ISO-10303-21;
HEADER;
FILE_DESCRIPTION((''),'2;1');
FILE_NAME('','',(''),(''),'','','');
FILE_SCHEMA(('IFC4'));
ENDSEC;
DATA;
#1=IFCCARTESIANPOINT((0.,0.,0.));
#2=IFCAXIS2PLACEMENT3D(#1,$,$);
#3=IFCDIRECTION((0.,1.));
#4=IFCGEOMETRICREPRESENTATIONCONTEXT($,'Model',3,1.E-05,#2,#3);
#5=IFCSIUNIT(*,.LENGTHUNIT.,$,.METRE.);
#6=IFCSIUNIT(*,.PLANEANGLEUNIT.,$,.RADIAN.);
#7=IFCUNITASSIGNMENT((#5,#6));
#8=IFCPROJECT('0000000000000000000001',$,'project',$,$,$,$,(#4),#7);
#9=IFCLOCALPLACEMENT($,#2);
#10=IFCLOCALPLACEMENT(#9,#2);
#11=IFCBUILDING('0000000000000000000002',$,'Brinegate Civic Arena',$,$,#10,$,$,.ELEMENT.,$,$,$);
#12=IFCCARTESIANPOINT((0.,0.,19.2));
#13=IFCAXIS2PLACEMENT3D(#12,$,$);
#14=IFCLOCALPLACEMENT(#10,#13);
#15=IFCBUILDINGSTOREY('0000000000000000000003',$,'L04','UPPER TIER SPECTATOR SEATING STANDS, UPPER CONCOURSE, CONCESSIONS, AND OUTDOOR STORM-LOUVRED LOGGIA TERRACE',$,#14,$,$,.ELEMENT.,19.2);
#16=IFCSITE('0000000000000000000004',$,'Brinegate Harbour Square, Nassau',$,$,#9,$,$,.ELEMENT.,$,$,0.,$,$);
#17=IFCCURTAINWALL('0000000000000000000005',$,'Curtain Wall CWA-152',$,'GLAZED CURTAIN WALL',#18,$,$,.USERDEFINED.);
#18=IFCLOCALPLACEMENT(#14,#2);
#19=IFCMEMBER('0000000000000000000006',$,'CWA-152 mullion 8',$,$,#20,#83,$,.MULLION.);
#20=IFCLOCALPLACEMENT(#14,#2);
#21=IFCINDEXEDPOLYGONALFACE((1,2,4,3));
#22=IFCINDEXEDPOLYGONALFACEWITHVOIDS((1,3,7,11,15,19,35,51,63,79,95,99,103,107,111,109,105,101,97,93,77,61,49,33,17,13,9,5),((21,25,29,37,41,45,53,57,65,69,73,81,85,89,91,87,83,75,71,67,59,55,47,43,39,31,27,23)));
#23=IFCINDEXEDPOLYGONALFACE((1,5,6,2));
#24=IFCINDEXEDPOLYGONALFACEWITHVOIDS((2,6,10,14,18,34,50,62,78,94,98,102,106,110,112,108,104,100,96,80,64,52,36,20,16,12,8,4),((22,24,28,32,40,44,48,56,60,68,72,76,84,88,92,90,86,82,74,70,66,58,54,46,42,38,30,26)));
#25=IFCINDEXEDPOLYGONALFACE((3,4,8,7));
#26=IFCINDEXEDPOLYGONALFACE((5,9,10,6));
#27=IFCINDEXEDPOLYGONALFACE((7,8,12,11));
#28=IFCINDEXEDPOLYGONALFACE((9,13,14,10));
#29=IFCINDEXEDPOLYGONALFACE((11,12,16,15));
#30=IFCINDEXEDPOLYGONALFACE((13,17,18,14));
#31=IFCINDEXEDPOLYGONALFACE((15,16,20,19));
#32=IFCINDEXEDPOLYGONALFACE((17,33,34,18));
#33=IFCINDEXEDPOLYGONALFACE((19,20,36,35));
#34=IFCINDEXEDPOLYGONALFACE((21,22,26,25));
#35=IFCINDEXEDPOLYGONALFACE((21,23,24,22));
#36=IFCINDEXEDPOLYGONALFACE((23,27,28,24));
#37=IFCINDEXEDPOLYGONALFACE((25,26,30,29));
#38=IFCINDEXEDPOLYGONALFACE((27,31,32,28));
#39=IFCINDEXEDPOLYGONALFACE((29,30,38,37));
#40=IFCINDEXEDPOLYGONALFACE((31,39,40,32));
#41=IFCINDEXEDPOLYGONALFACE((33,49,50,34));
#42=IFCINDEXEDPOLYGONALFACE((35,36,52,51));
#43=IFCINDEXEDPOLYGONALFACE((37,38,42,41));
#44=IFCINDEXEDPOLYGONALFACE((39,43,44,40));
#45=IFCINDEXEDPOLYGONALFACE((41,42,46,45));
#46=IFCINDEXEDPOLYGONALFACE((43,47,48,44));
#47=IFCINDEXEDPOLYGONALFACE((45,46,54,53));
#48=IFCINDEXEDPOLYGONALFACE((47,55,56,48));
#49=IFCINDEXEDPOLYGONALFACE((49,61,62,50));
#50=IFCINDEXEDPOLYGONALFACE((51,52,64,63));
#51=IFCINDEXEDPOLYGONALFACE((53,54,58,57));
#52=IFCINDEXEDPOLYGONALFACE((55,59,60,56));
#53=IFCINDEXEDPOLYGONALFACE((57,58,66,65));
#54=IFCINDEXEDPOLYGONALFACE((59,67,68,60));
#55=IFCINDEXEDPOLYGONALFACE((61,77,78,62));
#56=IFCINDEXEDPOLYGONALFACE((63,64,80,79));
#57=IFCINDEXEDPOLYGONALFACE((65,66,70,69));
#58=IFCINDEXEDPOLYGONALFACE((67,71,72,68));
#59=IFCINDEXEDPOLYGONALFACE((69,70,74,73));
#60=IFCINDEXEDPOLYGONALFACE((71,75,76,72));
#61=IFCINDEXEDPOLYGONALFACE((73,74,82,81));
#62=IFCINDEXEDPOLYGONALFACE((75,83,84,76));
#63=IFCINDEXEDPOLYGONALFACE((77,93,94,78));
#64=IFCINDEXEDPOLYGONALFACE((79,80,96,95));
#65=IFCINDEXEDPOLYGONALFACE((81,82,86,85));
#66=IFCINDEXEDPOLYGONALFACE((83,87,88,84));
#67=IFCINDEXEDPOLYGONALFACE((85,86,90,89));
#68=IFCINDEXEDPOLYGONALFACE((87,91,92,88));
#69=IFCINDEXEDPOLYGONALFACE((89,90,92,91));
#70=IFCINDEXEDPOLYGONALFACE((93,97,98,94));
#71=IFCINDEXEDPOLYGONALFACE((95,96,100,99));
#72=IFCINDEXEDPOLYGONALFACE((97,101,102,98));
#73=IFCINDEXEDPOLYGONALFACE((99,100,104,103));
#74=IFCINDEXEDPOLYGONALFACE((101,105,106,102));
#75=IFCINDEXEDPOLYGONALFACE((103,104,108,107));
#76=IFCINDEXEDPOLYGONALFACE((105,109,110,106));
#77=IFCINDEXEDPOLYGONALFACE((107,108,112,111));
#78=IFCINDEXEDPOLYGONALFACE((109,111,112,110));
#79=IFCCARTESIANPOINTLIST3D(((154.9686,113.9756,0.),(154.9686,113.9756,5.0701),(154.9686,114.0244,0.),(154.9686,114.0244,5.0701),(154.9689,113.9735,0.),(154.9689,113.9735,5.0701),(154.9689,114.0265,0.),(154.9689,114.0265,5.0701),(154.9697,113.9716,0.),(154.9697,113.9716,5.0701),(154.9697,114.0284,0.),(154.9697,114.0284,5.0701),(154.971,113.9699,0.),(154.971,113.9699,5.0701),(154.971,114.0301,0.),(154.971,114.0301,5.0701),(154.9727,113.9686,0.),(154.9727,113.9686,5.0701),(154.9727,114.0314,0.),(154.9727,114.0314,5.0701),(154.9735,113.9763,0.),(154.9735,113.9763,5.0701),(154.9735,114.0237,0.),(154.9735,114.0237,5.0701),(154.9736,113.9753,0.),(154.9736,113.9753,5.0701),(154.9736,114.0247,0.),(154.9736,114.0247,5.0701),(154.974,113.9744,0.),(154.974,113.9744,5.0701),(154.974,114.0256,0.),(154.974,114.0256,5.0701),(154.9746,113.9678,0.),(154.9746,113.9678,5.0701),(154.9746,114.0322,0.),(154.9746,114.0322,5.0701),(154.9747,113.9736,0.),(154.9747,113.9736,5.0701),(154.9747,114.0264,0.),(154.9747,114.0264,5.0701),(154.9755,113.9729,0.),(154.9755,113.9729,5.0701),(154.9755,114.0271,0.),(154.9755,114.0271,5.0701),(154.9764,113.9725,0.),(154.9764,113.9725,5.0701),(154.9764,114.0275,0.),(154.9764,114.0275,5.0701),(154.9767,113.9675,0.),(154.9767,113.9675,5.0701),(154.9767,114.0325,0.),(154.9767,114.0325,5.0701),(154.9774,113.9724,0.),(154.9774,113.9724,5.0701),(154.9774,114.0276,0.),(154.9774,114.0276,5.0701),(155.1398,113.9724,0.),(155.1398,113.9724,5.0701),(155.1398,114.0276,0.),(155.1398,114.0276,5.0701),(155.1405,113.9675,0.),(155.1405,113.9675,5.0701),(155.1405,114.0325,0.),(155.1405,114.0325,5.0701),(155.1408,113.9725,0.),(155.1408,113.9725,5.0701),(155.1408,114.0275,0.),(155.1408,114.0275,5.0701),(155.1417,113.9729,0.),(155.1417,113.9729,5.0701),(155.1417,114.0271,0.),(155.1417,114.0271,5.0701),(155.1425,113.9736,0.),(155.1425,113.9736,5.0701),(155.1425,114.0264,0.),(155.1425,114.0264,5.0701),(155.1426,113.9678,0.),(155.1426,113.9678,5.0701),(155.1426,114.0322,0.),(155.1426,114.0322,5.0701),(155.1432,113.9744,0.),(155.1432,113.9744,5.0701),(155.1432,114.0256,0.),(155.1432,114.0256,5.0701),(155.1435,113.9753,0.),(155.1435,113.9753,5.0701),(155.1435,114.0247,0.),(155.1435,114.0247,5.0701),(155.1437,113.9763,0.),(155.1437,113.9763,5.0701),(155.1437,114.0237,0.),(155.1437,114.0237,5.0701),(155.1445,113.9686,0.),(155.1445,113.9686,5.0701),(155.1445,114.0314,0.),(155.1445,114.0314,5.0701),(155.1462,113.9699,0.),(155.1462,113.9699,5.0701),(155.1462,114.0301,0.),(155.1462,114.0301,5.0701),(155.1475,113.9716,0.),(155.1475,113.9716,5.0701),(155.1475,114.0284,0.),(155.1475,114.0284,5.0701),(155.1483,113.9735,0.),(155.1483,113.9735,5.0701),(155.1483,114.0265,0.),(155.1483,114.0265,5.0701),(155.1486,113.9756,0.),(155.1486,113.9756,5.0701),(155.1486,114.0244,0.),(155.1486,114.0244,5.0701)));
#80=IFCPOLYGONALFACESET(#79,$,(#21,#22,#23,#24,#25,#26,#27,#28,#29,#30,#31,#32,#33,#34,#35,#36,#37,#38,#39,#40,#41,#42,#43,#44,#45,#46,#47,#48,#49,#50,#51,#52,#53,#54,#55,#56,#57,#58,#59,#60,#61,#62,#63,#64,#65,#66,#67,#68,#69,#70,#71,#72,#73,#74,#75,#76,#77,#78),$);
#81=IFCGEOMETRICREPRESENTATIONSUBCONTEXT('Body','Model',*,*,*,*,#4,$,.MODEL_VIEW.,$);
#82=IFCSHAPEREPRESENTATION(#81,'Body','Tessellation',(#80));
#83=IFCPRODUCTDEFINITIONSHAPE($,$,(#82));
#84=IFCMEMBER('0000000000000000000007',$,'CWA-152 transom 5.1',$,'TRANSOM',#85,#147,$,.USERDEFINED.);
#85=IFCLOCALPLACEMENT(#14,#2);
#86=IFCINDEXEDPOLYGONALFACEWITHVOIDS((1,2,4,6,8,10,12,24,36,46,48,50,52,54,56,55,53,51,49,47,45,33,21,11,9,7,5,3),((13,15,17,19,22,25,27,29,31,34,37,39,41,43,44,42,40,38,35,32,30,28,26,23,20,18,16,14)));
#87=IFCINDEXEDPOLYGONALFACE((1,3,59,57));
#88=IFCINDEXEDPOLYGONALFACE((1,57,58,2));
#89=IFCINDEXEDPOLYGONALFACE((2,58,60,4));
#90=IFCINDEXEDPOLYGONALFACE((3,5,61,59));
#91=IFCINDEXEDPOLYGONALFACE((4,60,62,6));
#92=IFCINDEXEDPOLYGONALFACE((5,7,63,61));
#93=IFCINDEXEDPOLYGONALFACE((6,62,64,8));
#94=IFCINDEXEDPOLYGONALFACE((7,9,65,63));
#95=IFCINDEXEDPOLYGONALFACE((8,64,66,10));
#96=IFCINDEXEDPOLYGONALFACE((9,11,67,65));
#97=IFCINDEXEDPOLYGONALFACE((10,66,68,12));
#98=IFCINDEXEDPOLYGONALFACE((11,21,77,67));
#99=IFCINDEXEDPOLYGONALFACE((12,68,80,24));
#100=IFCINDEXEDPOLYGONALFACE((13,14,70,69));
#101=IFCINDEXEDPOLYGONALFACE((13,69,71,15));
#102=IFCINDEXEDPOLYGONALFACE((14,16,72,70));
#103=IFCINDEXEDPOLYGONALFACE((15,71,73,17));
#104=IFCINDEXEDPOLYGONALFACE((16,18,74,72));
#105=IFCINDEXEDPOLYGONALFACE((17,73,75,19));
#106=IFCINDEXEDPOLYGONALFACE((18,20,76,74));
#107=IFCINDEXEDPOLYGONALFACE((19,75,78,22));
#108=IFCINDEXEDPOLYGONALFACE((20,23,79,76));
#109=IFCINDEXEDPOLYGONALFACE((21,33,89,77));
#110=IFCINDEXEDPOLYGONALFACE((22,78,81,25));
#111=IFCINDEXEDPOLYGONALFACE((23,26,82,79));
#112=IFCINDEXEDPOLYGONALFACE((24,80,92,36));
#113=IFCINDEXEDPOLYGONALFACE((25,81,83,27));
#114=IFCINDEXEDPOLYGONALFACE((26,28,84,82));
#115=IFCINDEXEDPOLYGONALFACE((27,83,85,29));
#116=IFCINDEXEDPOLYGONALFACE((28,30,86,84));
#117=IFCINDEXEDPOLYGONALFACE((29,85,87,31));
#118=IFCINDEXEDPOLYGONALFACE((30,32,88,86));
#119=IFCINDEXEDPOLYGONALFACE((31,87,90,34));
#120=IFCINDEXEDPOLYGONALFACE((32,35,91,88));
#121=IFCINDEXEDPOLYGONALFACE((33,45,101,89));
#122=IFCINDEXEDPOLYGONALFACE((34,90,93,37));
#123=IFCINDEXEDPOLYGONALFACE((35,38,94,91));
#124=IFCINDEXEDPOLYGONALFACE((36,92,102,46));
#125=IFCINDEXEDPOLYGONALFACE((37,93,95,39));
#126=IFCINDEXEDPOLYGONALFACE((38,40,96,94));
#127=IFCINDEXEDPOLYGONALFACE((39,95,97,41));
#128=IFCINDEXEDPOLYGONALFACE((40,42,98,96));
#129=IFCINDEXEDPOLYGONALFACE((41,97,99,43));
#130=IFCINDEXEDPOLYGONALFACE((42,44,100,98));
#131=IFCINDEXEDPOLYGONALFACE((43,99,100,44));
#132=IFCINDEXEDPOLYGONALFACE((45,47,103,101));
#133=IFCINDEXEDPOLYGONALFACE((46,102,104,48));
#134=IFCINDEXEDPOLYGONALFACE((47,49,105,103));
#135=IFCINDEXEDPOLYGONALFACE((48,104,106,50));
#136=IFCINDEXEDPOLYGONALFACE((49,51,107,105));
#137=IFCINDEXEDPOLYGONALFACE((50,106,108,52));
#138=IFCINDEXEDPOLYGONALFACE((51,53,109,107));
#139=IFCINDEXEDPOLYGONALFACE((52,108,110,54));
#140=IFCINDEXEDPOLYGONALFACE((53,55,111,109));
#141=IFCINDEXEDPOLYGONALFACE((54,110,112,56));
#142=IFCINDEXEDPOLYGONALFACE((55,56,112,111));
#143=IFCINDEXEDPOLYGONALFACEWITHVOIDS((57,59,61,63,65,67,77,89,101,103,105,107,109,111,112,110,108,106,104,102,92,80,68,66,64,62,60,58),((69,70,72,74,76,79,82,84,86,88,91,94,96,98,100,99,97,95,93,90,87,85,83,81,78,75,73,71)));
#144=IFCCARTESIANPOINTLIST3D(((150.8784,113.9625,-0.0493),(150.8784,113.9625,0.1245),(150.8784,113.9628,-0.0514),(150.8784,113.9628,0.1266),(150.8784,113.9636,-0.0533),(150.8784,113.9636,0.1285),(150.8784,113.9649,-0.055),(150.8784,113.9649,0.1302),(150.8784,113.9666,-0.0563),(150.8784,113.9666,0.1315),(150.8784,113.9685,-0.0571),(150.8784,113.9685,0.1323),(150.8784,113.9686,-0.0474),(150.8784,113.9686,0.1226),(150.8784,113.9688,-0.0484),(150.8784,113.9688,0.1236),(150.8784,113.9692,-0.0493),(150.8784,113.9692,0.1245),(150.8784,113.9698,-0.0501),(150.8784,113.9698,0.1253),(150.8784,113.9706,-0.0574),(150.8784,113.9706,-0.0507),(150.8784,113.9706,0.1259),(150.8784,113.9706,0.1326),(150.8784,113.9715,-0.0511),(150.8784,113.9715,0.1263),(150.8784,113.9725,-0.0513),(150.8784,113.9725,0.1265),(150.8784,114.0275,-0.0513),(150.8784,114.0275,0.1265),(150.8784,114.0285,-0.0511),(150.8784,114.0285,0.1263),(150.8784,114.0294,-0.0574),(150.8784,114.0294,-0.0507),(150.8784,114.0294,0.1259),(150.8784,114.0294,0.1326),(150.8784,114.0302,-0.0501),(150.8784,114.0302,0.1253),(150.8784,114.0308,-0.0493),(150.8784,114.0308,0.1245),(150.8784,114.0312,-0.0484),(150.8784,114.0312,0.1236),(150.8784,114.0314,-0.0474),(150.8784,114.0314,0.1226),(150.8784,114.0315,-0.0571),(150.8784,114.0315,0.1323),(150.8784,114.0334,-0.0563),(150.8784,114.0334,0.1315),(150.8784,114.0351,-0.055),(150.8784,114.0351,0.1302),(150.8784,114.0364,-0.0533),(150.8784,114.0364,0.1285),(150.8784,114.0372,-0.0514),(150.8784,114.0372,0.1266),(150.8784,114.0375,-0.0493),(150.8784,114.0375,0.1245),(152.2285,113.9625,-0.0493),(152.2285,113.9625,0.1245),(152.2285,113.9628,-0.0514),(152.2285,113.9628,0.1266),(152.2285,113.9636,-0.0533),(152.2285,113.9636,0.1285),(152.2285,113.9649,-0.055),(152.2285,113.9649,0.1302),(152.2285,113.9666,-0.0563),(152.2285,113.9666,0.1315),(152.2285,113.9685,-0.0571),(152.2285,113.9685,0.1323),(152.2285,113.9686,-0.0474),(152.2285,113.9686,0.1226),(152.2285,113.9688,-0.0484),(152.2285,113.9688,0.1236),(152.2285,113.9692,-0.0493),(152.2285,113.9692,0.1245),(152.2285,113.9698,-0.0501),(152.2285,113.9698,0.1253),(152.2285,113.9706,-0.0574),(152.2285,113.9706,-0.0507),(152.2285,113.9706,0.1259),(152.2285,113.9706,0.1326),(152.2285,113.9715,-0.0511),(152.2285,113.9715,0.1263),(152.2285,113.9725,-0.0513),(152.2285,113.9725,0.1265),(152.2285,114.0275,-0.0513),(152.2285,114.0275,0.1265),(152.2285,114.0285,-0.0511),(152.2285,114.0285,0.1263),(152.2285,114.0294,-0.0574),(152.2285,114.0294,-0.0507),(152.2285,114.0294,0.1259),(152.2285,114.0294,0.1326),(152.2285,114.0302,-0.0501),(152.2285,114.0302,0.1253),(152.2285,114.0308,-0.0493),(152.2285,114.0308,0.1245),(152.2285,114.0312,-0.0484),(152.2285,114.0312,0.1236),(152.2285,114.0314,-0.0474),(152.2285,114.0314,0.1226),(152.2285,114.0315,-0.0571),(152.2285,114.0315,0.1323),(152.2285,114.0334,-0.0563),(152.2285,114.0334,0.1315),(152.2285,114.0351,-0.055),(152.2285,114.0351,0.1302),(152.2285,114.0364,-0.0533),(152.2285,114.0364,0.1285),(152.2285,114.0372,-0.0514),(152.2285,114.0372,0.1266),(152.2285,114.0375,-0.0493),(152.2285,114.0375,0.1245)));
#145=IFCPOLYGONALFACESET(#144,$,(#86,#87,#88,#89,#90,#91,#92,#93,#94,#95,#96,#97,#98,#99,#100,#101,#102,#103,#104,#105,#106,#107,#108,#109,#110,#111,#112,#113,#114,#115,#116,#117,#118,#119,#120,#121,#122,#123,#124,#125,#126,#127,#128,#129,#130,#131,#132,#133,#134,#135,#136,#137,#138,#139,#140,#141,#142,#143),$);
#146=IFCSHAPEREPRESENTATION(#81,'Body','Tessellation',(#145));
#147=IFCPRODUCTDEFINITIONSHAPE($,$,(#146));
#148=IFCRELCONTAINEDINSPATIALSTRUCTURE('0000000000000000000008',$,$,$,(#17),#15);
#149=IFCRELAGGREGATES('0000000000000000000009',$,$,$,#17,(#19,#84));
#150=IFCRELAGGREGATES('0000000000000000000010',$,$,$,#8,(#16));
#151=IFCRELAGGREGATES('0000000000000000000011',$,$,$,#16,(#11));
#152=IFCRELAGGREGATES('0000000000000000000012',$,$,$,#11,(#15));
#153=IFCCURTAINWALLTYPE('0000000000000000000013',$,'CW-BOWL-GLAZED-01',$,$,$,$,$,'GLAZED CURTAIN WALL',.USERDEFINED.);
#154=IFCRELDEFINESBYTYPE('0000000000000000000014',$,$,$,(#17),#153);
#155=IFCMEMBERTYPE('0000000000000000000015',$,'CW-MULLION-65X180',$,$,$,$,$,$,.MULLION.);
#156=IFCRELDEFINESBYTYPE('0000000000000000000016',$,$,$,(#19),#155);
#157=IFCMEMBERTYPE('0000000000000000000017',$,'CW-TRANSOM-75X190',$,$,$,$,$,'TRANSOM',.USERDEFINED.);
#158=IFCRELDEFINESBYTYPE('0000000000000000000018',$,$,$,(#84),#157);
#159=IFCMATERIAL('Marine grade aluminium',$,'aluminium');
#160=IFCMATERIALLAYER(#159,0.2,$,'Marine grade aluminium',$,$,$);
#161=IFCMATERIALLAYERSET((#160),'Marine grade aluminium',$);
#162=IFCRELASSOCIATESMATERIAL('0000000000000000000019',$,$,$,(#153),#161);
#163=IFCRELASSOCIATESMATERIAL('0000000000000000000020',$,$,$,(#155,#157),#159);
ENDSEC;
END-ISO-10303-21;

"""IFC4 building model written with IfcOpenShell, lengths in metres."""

from ifc_helpers import new_model, si_unit, direction, frame, origin, origin_2d, place, context, subcontext, project, spatial, hollow_rectangle, extrude, material, layer, layer_set, material_profile, profile_set, type_object, element, aggregate, save


model = new_model("IFC4")

# Units and contexts
model_context = context("Model", 3, precision=1e-05, world=origin(), true_north=direction((0.0, 1.0)))
body_context = subcontext(model_context, "Body", "Model", "MODEL_VIEW")
ifc_project = project(units=[si_unit("LENGTHUNIT", "METRE"), si_unit("PLANEANGLEUNIT", "RADIAN")], contexts=[model_context])

# Site, building, storey
site_placement = place(None, origin())
site = spatial("IfcSite", under=ifc_project, at=site_placement, Name="Brinegate Harbour Square, Nassau", CompositionType="ELEMENT", RefElevation=0.0)
building_placement = place(site_placement, origin())
building = spatial("IfcBuilding", under=site, at=building_placement, Name="Brinegate Civic Arena", CompositionType="ELEMENT")
storey_placement = place(building_placement, frame((0.0, 0.0, 19.2)))
storey = spatial("IfcBuildingStorey", under=building, at=storey_placement, Name="L04", Description="UPPER TIER SPECTATOR SEATING STANDS, UPPER CONCOURSE, CONCESSIONS, AND OUTDOOR STORM-LOUVRED LOGGIA TERRACE", CompositionType="ELEMENT", Elevation=19.2)

# Curtain wall, members
ifc_material_1 = material(Name="Marine grade aluminium", Category="aluminium")
ifc_layer_1 = layer(ifc_material_1, 0.2, Name="Marine grade aluminium")
ifc_layer_set_1 = layer_set([ifc_layer_1], Name="Marine grade aluminium")
curtain_wall_type = type_object("IfcCurtainWallType", Name="CW-BOWL-GLAZED-01", ElementType="GLAZED CURTAIN WALL", PredefinedType="USERDEFINED", material=ifc_layer_set_1)
curtain_wall_placement = place(storey_placement, origin())
curtain_wall = element("IfcCurtainWall", 1, at=curtain_wall_placement, inside=storey, type_object=curtain_wall_type, Name="Curtain Wall CWA-152", ObjectType="GLAZED CURTAIN WALL", PredefinedType="USERDEFINED")
ifc_material_profile_1 = material_profile(ifc_material_1, hollow_rectangle(XDim=0.0649, YDim=0.1799, WallThickness=0.0049, InnerFilletRadius=0.0039, OuterFilletRadius=0.0081, at=origin_2d()), Name="MUL65X180")
ifc_profile_set_1 = profile_set([ifc_material_profile_1], Name="Marine grade aluminium")
member_type_1 = type_object("IfcMemberType", Name="CW-MULLION-65X180", PredefinedType="MULLION", material=ifc_profile_set_1)
member_1_placement = place(storey_placement, frame((155.0586, 114.0, 0.0), z_axis=(0.0, 0.0, 1.0), x_axis=(0.0, 1.0, 0.0)))
member_1 = element("IfcMember", 2, at=member_1_placement, type_object=member_type_1, Name="CWA-152 mullion 8", PredefinedType="MULLION", context=body_context, shape_type="SweptSolid", body=[
    extrude(hollow_rectangle(XDim=0.0649, YDim=0.1799, WallThickness=0.0049, InnerFilletRadius=0.0039, OuterFilletRadius=0.0081, at=origin_2d()), origin(), (0.0, 0.0, 1.0), 5.0701),
])
ifc_material_profile_2 = material_profile(ifc_material_1, hollow_rectangle(XDim=0.075, YDim=0.1899, WallThickness=0.0061, InnerFilletRadius=0.0039, OuterFilletRadius=0.0081, at=origin_2d()), Name="TRN75X190")
ifc_profile_set_2 = profile_set([ifc_material_profile_2], Name="Marine grade aluminium")
member_type_2 = type_object("IfcMemberType", Name="CW-TRANSOM-75X190", ElementType="TRANSOM", PredefinedType="USERDEFINED", material=ifc_profile_set_2)
member_2_placement = place(storey_placement, frame((150.8784, 114.0, 0.0376), z_axis=(1.0, 0.0, 0.0), x_axis=(0.0, 1.0, 0.0)))
member_2 = element("IfcMember", 3, at=member_2_placement, type_object=member_type_2, Name="CWA-152 transom 5.1", ObjectType="TRANSOM", PredefinedType="USERDEFINED", context=body_context, shape_type="SweptSolid", body=[
    extrude(hollow_rectangle(XDim=0.075, YDim=0.1899, WallThickness=0.0061, InnerFilletRadius=0.0039, OuterFilletRadius=0.0081, at=origin_2d()), origin(), (0.0, 0.0, 1.0), 1.3501),
])

aggregate(curtain_wall, [member_1, member_2])

save(model, "model.ifc")
